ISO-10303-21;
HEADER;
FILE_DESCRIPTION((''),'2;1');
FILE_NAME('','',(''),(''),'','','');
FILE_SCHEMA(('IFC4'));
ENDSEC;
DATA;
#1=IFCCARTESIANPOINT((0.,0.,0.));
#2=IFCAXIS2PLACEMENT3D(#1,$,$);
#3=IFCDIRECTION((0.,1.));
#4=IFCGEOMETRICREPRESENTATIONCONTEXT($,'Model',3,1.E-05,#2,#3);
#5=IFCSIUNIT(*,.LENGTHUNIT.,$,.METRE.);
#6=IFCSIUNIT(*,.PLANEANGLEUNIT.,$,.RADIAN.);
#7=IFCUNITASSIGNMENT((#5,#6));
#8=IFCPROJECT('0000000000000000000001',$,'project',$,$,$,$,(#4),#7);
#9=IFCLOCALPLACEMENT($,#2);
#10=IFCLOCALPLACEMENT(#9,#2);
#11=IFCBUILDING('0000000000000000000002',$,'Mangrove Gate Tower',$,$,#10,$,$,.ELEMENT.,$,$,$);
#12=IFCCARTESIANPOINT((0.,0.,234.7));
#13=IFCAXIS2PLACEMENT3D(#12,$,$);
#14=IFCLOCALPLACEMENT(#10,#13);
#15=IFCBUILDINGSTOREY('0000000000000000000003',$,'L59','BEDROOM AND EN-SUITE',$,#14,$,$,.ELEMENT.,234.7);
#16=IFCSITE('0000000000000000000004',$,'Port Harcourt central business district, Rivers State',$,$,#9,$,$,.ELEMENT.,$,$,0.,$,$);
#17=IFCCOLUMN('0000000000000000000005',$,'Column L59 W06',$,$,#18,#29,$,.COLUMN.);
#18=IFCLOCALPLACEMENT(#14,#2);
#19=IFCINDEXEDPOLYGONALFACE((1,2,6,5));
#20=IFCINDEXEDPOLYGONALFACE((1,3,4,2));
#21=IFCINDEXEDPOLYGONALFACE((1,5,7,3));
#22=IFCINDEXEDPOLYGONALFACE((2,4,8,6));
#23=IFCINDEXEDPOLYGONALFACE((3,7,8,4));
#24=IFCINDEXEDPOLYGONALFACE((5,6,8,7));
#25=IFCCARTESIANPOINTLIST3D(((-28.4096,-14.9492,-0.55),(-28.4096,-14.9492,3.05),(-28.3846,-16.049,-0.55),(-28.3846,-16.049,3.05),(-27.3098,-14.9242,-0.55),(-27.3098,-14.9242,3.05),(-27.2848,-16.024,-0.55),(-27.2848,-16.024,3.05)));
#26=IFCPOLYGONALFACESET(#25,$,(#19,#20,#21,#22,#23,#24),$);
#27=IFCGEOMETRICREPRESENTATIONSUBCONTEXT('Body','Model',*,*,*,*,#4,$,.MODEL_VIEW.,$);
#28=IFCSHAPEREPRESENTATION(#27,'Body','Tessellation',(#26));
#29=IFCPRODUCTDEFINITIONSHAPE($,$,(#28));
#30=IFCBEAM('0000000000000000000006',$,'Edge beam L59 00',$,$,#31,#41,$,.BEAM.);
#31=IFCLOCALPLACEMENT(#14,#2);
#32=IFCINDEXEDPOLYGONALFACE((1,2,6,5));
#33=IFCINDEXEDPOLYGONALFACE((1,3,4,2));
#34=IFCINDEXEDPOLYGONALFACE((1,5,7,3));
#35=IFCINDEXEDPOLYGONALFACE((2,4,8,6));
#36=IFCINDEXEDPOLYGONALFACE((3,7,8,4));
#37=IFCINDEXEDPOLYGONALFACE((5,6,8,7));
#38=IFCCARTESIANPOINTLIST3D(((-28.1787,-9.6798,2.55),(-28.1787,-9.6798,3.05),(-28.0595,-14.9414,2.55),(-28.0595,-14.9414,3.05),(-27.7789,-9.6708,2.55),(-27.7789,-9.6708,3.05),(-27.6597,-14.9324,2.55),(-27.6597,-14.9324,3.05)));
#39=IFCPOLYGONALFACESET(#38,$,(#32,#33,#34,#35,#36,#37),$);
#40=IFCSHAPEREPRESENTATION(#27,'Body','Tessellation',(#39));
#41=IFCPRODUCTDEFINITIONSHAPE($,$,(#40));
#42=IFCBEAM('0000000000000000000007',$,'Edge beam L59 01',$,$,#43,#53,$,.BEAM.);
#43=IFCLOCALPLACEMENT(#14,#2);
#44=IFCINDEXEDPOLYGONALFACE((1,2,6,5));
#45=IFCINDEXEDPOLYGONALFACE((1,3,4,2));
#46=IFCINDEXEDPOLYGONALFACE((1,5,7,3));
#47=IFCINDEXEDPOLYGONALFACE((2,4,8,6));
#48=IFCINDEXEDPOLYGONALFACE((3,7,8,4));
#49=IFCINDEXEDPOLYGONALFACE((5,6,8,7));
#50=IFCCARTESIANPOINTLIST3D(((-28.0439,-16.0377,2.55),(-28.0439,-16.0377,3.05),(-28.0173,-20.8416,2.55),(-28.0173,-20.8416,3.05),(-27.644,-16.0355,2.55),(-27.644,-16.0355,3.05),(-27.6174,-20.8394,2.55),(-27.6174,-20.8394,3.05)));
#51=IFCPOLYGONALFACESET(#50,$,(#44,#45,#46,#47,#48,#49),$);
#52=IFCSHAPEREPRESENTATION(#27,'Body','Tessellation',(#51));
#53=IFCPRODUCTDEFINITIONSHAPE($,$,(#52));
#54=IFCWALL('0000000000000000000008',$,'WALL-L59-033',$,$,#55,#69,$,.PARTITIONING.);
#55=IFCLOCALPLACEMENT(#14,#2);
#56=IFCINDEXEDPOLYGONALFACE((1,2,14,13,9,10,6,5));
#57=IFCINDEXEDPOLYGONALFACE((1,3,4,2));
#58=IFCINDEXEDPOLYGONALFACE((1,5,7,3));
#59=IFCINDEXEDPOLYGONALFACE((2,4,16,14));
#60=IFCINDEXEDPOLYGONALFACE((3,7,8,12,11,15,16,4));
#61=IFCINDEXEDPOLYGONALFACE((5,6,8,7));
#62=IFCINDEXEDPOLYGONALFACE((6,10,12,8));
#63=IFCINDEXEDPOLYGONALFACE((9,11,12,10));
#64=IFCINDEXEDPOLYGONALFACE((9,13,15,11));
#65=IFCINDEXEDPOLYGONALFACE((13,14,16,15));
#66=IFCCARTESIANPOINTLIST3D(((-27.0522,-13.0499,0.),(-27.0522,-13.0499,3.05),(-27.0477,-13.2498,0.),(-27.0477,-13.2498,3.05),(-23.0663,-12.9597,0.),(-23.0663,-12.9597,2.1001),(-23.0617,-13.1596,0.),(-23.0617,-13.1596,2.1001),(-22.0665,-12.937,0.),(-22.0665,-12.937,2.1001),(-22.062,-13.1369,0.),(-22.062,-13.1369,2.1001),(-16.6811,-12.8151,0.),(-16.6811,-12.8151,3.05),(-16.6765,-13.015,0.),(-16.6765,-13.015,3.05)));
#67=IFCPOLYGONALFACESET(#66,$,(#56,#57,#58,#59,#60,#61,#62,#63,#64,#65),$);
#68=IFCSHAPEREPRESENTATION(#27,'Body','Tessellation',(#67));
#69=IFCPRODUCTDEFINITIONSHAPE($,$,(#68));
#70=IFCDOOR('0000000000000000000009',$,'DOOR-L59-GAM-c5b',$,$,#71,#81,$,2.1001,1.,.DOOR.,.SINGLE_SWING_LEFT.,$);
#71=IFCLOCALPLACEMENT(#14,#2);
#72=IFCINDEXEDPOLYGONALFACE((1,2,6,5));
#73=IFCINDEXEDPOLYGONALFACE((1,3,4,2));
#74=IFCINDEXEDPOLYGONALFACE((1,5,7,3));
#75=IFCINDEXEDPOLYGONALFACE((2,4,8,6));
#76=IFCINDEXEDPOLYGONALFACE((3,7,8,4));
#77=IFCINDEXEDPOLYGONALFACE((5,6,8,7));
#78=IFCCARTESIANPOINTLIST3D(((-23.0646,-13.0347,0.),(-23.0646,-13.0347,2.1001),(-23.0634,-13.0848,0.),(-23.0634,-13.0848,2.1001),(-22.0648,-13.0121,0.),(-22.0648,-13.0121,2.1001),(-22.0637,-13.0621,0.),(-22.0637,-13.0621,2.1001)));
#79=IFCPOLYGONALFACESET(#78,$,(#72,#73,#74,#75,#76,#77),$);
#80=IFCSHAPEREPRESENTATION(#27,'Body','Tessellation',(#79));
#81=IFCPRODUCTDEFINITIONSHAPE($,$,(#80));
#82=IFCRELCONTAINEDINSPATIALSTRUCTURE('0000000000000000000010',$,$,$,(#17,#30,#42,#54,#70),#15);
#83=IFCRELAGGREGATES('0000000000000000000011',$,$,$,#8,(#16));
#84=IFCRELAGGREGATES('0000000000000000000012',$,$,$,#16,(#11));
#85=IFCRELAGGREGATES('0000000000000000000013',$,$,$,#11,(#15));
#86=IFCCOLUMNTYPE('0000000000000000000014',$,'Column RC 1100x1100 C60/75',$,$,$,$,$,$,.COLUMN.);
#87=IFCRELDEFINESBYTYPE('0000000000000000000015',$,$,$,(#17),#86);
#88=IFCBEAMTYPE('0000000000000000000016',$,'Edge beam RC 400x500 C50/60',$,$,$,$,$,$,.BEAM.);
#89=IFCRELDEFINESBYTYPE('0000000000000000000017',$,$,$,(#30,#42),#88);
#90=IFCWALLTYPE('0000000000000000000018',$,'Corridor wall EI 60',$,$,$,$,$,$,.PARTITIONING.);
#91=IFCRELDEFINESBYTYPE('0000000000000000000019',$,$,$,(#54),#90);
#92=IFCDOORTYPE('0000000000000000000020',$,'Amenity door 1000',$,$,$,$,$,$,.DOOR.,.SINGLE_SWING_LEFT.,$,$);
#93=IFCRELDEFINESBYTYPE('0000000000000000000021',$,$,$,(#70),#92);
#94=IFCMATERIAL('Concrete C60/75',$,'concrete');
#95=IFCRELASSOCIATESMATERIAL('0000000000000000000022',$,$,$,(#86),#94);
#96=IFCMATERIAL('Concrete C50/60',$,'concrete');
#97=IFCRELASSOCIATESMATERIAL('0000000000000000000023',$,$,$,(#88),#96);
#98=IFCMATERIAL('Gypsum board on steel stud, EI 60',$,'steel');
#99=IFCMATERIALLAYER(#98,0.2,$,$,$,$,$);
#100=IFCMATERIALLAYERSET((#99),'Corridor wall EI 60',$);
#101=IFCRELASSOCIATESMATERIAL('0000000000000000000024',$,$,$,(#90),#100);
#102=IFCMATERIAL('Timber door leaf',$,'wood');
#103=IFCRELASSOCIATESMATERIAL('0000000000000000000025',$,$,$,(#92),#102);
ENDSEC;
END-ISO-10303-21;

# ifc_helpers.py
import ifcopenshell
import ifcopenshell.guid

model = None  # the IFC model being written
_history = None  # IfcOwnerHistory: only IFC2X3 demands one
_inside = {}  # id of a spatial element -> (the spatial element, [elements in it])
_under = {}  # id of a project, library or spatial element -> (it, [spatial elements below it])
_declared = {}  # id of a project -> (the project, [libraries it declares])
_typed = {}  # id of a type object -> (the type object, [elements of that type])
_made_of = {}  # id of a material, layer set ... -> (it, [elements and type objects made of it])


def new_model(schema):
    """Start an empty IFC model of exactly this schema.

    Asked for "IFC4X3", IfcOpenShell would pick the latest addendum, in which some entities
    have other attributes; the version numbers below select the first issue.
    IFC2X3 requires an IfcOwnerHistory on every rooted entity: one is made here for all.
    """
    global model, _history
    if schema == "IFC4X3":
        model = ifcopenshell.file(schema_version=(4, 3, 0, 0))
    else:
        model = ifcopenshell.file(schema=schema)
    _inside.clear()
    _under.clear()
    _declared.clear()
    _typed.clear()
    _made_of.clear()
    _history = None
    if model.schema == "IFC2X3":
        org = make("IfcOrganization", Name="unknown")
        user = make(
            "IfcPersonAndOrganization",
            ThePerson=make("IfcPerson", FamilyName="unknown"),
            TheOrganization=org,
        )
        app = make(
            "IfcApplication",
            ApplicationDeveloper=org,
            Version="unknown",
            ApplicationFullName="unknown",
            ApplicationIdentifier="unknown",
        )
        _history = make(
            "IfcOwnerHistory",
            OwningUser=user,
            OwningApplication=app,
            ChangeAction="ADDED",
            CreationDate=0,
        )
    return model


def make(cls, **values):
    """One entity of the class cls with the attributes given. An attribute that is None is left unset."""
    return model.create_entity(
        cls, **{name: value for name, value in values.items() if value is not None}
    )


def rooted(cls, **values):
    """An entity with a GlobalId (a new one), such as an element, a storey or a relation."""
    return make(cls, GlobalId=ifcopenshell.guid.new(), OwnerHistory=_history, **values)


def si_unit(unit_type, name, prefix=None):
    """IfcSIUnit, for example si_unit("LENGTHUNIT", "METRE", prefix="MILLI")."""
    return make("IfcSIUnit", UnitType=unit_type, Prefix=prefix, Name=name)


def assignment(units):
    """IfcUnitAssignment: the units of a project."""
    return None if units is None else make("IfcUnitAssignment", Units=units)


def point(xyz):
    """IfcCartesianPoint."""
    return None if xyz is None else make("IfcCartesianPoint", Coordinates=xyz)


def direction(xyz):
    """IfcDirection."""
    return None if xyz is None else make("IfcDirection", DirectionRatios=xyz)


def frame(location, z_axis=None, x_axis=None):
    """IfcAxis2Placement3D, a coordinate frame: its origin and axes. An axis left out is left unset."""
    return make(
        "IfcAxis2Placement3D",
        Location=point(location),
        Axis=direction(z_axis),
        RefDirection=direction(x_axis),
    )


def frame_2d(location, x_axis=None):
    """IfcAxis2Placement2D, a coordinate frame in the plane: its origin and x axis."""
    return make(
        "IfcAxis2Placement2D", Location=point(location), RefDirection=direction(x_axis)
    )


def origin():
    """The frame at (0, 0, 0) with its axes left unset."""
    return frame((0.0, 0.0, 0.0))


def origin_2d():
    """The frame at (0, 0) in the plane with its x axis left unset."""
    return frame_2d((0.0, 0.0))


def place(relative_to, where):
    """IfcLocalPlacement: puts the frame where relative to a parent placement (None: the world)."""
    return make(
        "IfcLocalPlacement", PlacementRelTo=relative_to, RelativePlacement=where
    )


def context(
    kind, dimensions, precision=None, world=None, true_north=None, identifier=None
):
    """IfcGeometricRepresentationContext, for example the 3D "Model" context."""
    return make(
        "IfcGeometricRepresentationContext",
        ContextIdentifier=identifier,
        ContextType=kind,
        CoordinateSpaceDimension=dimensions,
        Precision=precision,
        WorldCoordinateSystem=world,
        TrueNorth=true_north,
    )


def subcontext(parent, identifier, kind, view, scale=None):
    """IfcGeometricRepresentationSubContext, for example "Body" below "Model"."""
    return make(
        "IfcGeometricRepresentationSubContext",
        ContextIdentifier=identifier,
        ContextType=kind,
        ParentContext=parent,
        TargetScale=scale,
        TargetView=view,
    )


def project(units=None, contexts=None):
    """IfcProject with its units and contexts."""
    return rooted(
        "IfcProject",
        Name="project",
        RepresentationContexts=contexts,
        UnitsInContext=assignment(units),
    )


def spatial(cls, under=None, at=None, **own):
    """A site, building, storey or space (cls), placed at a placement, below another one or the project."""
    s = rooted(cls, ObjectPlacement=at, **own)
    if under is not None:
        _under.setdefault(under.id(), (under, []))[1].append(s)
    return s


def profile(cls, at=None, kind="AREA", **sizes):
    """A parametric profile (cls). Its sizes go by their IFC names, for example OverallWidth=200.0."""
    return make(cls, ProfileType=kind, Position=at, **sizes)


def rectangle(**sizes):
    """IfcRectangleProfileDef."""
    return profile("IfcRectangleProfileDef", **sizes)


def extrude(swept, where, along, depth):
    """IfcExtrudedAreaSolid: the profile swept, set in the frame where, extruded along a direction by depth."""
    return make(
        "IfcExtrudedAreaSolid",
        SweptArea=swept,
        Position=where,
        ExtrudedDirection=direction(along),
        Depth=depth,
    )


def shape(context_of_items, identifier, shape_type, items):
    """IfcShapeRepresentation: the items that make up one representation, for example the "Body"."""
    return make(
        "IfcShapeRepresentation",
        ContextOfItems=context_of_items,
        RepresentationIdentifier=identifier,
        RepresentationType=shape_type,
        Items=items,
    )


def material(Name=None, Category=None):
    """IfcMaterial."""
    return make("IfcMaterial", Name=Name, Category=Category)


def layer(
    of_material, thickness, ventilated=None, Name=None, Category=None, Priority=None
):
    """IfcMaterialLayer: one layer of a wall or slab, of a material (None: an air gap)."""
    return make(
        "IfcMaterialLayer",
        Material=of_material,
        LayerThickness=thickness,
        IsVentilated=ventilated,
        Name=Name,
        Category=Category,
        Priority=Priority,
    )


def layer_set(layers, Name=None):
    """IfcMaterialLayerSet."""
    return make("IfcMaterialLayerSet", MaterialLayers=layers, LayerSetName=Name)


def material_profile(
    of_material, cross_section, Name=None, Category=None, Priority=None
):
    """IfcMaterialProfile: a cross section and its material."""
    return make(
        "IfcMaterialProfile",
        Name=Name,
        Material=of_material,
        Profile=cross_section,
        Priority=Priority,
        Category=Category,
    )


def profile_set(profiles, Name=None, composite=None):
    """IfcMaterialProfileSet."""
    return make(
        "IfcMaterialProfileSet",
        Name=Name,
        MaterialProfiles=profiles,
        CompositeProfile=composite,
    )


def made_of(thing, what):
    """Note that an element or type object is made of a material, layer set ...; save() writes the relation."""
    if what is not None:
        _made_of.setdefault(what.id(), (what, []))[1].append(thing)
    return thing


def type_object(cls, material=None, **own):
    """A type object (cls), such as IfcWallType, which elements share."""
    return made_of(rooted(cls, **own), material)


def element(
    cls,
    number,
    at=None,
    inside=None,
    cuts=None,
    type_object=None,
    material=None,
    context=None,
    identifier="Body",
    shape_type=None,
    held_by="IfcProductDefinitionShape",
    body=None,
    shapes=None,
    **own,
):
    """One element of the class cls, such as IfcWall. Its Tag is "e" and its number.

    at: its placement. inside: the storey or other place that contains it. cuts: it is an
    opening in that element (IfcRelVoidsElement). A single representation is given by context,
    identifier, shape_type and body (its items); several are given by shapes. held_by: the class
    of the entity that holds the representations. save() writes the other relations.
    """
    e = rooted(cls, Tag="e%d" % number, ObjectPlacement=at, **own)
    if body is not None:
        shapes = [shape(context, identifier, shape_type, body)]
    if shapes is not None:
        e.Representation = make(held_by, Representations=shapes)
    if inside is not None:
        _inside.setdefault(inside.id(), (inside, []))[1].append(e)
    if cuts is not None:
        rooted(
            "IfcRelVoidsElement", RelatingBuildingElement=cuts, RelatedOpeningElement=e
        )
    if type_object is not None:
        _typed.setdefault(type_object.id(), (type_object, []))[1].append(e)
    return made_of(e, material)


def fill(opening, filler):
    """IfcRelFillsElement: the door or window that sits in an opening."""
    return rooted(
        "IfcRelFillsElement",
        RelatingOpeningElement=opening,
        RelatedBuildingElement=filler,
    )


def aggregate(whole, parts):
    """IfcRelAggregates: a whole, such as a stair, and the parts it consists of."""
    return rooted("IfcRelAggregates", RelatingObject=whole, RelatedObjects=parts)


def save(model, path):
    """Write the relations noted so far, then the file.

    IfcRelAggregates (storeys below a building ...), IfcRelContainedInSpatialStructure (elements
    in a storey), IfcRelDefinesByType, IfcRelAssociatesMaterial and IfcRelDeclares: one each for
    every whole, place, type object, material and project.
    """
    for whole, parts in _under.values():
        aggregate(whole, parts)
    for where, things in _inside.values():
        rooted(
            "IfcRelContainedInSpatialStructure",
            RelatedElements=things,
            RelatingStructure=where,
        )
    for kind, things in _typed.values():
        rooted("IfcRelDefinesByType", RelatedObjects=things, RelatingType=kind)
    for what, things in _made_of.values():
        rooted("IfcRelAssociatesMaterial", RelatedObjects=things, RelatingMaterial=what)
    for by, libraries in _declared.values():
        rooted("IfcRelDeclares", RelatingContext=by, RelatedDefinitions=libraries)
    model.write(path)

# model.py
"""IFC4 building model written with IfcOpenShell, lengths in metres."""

from ifc_helpers import new_model, si_unit, direction, frame, frame_2d, origin, origin_2d, place, context, subcontext, project, spatial, rectangle, extrude, material, layer, layer_set, material_profile, profile_set, type_object, element, fill, save


model = new_model("IFC4")

# Units and contexts
model_context = context("Model", 3, precision=1e-05, world=origin(), true_north=direction((0.0, 1.0)))
body_context = subcontext(model_context, "Body", "Model", "MODEL_VIEW")
ifc_project = project(units=[si_unit("LENGTHUNIT", "METRE"), si_unit("PLANEANGLEUNIT", "RADIAN")], contexts=[model_context])

# Site, building, storey
site_placement = place(None, origin())
site = spatial("IfcSite", under=ifc_project, at=site_placement, Name="Port Harcourt central business district, Rivers State", CompositionType="ELEMENT", RefElevation=0.0)
building_placement = place(site_placement, origin())
building = spatial("IfcBuilding", under=site, at=building_placement, Name="Mangrove Gate Tower", CompositionType="ELEMENT")
storey_placement = place(building_placement, frame((0.0, 0.0, 234.7)))
storey = spatial("IfcBuildingStorey", under=building, at=storey_placement, Name="L59", Description="BEDROOM AND EN-SUITE", CompositionType="ELEMENT", Elevation=234.7)

# Column
ifc_material_1 = material(Name="Concrete C60/75", Category="concrete")
ifc_material_profile_1 = material_profile(ifc_material_1, rectangle(XDim=1.1001, YDim=1.1001, at=origin_2d()))
ifc_profile_set_1 = profile_set([ifc_material_profile_1], Name="Concrete C60/75")
column_type = type_object("IfcColumnType", Name="Column RC 1100x1100 C60/75", PredefinedType="COLUMN", material=ifc_profile_set_1)
column_placement = place(storey_placement, frame((-27.8472, -15.4866, -0.55), z_axis=(0.0, 0.0, 1.0), x_axis=(0.022711, -0.999742, 0.0)))
element("IfcColumn", 1, at=column_placement, inside=storey, type_object=column_type, Name="Column L59 W06", PredefinedType="COLUMN", context=body_context, shape_type="SweptSolid", body=[
    extrude(rectangle(XDim=1.1001, YDim=1.1001, at=origin_2d()), origin(), (0.0, 0.0, 1.0), 3.6001),
])

# Beams
ifc_material_2 = material(Name="Concrete C50/60", Category="concrete")
ifc_material_profile_2 = material_profile(ifc_material_2, rectangle(XDim=0.3999, YDim=0.5, at=origin_2d()))
ifc_profile_set_2 = profile_set([ifc_material_profile_2], Name="Concrete C50/60")
beam_type = type_object("IfcBeamType", Name="Edge beam RC 400x500 C50/60", PredefinedType="BEAM", material=ifc_profile_set_2)
beam_1_placement = place(storey_placement, frame((-27.9788, -9.6753, 2.8), z_axis=(0.022638, -0.999744, 0.0), x_axis=(0.999744, 0.022638, 0.0)))
element("IfcBeam", 2, at=beam_1_placement, inside=storey, type_object=beam_type, Name="Edge beam L59 00", PredefinedType="BEAM", context=body_context, shape_type="SweptSolid", body=[
    extrude(rectangle(XDim=0.3999, YDim=0.5, at=origin_2d()), origin(), (0.0, 0.0, 1.0), 5.2629),
])
beam_2_placement = place(storey_placement, frame((-27.844, -16.0366, 2.8), z_axis=(0.005539, -0.999985, 0.0), x_axis=(0.999985, 0.005539, 0.0)))
element("IfcBeam", 3, at=beam_2_placement, inside=storey, type_object=beam_type, Name="Edge beam L59 01", PredefinedType="BEAM", context=body_context, shape_type="SweptSolid", body=[
    extrude(rectangle(XDim=0.3999, YDim=0.5, at=origin_2d()), origin(), (0.0, 0.0, 1.0), 4.804),
])

# Wall, opening, door
ifc_material_3 = material(Name="Gypsum board on steel stud, EI 60", Category="steel")
ifc_layer = layer(ifc_material_3, 0.2)
ifc_layer_set = layer_set([ifc_layer], Name="Corridor wall EI 60")
wall_type = type_object("IfcWallType", Name="Corridor wall EI 60", PredefinedType="PARTITIONING", material=ifc_layer_set)
wall_placement = place(storey_placement, frame((-27.05, -13.1499, 0.0), z_axis=(0.0, 0.0, 1.0), x_axis=(0.999744, 0.02264, 0.0)))
wall = element("IfcWall", 4, at=wall_placement, inside=storey, type_object=wall_type, Name="WALL-L59-033", PredefinedType="PARTITIONING", context=body_context, shape_type="SweptSolid", body=[
    extrude(rectangle(XDim=10.3738, YDim=0.2, at=frame_2d((5.187, 0.0))), origin(), (0.0, 0.0, 1.0), 3.05),
])
opening_placement = place(wall_placement, frame((3.9871, 0.0, 0.0)))
opening = element("IfcOpeningElement", 5, at=opening_placement, cuts=wall, PredefinedType="OPENING", context=body_context, shape_type="SweptSolid", body=[
    extrude(rectangle(XDim=1.0, YDim=2.1001, at=frame_2d((0.5, 1.05))), frame((0.0, 0.1099, 0.0), z_axis=(0.0, -1.0, 0.0), x_axis=(1.0, 0.0, 0.0)), (0.0, 0.0, 1.0), 0.22),
])
ifc_material_4 = material(Name="Timber door leaf", Category="wood")
door_type = type_object("IfcDoorType", Name="Amenity door 1000", OperationType="SINGLE_SWING_LEFT", PredefinedType="DOOR", material=ifc_material_4)
door_placement = place(opening_placement, origin())
door = element("IfcDoor", 6, at=door_placement, inside=storey, type_object=door_type, Name="DOOR-L59-GAM-c5b", OperationType="SINGLE_SWING_LEFT", OverallHeight=2.1001, OverallWidth=1.0, PredefinedType="DOOR", context=body_context, shape_type="SweptSolid", body=[
    extrude(rectangle(XDim=1.0, YDim=2.1001, at=frame_2d((0.5, 1.05))), frame((0.0, 0.0249, 0.0), z_axis=(0.0, -1.0, 0.0), x_axis=(1.0, 0.0, 0.0)), (0.0, 0.0, 1.0), 0.05),
])
fill(opening, door)

save(model, "model.ifc")
